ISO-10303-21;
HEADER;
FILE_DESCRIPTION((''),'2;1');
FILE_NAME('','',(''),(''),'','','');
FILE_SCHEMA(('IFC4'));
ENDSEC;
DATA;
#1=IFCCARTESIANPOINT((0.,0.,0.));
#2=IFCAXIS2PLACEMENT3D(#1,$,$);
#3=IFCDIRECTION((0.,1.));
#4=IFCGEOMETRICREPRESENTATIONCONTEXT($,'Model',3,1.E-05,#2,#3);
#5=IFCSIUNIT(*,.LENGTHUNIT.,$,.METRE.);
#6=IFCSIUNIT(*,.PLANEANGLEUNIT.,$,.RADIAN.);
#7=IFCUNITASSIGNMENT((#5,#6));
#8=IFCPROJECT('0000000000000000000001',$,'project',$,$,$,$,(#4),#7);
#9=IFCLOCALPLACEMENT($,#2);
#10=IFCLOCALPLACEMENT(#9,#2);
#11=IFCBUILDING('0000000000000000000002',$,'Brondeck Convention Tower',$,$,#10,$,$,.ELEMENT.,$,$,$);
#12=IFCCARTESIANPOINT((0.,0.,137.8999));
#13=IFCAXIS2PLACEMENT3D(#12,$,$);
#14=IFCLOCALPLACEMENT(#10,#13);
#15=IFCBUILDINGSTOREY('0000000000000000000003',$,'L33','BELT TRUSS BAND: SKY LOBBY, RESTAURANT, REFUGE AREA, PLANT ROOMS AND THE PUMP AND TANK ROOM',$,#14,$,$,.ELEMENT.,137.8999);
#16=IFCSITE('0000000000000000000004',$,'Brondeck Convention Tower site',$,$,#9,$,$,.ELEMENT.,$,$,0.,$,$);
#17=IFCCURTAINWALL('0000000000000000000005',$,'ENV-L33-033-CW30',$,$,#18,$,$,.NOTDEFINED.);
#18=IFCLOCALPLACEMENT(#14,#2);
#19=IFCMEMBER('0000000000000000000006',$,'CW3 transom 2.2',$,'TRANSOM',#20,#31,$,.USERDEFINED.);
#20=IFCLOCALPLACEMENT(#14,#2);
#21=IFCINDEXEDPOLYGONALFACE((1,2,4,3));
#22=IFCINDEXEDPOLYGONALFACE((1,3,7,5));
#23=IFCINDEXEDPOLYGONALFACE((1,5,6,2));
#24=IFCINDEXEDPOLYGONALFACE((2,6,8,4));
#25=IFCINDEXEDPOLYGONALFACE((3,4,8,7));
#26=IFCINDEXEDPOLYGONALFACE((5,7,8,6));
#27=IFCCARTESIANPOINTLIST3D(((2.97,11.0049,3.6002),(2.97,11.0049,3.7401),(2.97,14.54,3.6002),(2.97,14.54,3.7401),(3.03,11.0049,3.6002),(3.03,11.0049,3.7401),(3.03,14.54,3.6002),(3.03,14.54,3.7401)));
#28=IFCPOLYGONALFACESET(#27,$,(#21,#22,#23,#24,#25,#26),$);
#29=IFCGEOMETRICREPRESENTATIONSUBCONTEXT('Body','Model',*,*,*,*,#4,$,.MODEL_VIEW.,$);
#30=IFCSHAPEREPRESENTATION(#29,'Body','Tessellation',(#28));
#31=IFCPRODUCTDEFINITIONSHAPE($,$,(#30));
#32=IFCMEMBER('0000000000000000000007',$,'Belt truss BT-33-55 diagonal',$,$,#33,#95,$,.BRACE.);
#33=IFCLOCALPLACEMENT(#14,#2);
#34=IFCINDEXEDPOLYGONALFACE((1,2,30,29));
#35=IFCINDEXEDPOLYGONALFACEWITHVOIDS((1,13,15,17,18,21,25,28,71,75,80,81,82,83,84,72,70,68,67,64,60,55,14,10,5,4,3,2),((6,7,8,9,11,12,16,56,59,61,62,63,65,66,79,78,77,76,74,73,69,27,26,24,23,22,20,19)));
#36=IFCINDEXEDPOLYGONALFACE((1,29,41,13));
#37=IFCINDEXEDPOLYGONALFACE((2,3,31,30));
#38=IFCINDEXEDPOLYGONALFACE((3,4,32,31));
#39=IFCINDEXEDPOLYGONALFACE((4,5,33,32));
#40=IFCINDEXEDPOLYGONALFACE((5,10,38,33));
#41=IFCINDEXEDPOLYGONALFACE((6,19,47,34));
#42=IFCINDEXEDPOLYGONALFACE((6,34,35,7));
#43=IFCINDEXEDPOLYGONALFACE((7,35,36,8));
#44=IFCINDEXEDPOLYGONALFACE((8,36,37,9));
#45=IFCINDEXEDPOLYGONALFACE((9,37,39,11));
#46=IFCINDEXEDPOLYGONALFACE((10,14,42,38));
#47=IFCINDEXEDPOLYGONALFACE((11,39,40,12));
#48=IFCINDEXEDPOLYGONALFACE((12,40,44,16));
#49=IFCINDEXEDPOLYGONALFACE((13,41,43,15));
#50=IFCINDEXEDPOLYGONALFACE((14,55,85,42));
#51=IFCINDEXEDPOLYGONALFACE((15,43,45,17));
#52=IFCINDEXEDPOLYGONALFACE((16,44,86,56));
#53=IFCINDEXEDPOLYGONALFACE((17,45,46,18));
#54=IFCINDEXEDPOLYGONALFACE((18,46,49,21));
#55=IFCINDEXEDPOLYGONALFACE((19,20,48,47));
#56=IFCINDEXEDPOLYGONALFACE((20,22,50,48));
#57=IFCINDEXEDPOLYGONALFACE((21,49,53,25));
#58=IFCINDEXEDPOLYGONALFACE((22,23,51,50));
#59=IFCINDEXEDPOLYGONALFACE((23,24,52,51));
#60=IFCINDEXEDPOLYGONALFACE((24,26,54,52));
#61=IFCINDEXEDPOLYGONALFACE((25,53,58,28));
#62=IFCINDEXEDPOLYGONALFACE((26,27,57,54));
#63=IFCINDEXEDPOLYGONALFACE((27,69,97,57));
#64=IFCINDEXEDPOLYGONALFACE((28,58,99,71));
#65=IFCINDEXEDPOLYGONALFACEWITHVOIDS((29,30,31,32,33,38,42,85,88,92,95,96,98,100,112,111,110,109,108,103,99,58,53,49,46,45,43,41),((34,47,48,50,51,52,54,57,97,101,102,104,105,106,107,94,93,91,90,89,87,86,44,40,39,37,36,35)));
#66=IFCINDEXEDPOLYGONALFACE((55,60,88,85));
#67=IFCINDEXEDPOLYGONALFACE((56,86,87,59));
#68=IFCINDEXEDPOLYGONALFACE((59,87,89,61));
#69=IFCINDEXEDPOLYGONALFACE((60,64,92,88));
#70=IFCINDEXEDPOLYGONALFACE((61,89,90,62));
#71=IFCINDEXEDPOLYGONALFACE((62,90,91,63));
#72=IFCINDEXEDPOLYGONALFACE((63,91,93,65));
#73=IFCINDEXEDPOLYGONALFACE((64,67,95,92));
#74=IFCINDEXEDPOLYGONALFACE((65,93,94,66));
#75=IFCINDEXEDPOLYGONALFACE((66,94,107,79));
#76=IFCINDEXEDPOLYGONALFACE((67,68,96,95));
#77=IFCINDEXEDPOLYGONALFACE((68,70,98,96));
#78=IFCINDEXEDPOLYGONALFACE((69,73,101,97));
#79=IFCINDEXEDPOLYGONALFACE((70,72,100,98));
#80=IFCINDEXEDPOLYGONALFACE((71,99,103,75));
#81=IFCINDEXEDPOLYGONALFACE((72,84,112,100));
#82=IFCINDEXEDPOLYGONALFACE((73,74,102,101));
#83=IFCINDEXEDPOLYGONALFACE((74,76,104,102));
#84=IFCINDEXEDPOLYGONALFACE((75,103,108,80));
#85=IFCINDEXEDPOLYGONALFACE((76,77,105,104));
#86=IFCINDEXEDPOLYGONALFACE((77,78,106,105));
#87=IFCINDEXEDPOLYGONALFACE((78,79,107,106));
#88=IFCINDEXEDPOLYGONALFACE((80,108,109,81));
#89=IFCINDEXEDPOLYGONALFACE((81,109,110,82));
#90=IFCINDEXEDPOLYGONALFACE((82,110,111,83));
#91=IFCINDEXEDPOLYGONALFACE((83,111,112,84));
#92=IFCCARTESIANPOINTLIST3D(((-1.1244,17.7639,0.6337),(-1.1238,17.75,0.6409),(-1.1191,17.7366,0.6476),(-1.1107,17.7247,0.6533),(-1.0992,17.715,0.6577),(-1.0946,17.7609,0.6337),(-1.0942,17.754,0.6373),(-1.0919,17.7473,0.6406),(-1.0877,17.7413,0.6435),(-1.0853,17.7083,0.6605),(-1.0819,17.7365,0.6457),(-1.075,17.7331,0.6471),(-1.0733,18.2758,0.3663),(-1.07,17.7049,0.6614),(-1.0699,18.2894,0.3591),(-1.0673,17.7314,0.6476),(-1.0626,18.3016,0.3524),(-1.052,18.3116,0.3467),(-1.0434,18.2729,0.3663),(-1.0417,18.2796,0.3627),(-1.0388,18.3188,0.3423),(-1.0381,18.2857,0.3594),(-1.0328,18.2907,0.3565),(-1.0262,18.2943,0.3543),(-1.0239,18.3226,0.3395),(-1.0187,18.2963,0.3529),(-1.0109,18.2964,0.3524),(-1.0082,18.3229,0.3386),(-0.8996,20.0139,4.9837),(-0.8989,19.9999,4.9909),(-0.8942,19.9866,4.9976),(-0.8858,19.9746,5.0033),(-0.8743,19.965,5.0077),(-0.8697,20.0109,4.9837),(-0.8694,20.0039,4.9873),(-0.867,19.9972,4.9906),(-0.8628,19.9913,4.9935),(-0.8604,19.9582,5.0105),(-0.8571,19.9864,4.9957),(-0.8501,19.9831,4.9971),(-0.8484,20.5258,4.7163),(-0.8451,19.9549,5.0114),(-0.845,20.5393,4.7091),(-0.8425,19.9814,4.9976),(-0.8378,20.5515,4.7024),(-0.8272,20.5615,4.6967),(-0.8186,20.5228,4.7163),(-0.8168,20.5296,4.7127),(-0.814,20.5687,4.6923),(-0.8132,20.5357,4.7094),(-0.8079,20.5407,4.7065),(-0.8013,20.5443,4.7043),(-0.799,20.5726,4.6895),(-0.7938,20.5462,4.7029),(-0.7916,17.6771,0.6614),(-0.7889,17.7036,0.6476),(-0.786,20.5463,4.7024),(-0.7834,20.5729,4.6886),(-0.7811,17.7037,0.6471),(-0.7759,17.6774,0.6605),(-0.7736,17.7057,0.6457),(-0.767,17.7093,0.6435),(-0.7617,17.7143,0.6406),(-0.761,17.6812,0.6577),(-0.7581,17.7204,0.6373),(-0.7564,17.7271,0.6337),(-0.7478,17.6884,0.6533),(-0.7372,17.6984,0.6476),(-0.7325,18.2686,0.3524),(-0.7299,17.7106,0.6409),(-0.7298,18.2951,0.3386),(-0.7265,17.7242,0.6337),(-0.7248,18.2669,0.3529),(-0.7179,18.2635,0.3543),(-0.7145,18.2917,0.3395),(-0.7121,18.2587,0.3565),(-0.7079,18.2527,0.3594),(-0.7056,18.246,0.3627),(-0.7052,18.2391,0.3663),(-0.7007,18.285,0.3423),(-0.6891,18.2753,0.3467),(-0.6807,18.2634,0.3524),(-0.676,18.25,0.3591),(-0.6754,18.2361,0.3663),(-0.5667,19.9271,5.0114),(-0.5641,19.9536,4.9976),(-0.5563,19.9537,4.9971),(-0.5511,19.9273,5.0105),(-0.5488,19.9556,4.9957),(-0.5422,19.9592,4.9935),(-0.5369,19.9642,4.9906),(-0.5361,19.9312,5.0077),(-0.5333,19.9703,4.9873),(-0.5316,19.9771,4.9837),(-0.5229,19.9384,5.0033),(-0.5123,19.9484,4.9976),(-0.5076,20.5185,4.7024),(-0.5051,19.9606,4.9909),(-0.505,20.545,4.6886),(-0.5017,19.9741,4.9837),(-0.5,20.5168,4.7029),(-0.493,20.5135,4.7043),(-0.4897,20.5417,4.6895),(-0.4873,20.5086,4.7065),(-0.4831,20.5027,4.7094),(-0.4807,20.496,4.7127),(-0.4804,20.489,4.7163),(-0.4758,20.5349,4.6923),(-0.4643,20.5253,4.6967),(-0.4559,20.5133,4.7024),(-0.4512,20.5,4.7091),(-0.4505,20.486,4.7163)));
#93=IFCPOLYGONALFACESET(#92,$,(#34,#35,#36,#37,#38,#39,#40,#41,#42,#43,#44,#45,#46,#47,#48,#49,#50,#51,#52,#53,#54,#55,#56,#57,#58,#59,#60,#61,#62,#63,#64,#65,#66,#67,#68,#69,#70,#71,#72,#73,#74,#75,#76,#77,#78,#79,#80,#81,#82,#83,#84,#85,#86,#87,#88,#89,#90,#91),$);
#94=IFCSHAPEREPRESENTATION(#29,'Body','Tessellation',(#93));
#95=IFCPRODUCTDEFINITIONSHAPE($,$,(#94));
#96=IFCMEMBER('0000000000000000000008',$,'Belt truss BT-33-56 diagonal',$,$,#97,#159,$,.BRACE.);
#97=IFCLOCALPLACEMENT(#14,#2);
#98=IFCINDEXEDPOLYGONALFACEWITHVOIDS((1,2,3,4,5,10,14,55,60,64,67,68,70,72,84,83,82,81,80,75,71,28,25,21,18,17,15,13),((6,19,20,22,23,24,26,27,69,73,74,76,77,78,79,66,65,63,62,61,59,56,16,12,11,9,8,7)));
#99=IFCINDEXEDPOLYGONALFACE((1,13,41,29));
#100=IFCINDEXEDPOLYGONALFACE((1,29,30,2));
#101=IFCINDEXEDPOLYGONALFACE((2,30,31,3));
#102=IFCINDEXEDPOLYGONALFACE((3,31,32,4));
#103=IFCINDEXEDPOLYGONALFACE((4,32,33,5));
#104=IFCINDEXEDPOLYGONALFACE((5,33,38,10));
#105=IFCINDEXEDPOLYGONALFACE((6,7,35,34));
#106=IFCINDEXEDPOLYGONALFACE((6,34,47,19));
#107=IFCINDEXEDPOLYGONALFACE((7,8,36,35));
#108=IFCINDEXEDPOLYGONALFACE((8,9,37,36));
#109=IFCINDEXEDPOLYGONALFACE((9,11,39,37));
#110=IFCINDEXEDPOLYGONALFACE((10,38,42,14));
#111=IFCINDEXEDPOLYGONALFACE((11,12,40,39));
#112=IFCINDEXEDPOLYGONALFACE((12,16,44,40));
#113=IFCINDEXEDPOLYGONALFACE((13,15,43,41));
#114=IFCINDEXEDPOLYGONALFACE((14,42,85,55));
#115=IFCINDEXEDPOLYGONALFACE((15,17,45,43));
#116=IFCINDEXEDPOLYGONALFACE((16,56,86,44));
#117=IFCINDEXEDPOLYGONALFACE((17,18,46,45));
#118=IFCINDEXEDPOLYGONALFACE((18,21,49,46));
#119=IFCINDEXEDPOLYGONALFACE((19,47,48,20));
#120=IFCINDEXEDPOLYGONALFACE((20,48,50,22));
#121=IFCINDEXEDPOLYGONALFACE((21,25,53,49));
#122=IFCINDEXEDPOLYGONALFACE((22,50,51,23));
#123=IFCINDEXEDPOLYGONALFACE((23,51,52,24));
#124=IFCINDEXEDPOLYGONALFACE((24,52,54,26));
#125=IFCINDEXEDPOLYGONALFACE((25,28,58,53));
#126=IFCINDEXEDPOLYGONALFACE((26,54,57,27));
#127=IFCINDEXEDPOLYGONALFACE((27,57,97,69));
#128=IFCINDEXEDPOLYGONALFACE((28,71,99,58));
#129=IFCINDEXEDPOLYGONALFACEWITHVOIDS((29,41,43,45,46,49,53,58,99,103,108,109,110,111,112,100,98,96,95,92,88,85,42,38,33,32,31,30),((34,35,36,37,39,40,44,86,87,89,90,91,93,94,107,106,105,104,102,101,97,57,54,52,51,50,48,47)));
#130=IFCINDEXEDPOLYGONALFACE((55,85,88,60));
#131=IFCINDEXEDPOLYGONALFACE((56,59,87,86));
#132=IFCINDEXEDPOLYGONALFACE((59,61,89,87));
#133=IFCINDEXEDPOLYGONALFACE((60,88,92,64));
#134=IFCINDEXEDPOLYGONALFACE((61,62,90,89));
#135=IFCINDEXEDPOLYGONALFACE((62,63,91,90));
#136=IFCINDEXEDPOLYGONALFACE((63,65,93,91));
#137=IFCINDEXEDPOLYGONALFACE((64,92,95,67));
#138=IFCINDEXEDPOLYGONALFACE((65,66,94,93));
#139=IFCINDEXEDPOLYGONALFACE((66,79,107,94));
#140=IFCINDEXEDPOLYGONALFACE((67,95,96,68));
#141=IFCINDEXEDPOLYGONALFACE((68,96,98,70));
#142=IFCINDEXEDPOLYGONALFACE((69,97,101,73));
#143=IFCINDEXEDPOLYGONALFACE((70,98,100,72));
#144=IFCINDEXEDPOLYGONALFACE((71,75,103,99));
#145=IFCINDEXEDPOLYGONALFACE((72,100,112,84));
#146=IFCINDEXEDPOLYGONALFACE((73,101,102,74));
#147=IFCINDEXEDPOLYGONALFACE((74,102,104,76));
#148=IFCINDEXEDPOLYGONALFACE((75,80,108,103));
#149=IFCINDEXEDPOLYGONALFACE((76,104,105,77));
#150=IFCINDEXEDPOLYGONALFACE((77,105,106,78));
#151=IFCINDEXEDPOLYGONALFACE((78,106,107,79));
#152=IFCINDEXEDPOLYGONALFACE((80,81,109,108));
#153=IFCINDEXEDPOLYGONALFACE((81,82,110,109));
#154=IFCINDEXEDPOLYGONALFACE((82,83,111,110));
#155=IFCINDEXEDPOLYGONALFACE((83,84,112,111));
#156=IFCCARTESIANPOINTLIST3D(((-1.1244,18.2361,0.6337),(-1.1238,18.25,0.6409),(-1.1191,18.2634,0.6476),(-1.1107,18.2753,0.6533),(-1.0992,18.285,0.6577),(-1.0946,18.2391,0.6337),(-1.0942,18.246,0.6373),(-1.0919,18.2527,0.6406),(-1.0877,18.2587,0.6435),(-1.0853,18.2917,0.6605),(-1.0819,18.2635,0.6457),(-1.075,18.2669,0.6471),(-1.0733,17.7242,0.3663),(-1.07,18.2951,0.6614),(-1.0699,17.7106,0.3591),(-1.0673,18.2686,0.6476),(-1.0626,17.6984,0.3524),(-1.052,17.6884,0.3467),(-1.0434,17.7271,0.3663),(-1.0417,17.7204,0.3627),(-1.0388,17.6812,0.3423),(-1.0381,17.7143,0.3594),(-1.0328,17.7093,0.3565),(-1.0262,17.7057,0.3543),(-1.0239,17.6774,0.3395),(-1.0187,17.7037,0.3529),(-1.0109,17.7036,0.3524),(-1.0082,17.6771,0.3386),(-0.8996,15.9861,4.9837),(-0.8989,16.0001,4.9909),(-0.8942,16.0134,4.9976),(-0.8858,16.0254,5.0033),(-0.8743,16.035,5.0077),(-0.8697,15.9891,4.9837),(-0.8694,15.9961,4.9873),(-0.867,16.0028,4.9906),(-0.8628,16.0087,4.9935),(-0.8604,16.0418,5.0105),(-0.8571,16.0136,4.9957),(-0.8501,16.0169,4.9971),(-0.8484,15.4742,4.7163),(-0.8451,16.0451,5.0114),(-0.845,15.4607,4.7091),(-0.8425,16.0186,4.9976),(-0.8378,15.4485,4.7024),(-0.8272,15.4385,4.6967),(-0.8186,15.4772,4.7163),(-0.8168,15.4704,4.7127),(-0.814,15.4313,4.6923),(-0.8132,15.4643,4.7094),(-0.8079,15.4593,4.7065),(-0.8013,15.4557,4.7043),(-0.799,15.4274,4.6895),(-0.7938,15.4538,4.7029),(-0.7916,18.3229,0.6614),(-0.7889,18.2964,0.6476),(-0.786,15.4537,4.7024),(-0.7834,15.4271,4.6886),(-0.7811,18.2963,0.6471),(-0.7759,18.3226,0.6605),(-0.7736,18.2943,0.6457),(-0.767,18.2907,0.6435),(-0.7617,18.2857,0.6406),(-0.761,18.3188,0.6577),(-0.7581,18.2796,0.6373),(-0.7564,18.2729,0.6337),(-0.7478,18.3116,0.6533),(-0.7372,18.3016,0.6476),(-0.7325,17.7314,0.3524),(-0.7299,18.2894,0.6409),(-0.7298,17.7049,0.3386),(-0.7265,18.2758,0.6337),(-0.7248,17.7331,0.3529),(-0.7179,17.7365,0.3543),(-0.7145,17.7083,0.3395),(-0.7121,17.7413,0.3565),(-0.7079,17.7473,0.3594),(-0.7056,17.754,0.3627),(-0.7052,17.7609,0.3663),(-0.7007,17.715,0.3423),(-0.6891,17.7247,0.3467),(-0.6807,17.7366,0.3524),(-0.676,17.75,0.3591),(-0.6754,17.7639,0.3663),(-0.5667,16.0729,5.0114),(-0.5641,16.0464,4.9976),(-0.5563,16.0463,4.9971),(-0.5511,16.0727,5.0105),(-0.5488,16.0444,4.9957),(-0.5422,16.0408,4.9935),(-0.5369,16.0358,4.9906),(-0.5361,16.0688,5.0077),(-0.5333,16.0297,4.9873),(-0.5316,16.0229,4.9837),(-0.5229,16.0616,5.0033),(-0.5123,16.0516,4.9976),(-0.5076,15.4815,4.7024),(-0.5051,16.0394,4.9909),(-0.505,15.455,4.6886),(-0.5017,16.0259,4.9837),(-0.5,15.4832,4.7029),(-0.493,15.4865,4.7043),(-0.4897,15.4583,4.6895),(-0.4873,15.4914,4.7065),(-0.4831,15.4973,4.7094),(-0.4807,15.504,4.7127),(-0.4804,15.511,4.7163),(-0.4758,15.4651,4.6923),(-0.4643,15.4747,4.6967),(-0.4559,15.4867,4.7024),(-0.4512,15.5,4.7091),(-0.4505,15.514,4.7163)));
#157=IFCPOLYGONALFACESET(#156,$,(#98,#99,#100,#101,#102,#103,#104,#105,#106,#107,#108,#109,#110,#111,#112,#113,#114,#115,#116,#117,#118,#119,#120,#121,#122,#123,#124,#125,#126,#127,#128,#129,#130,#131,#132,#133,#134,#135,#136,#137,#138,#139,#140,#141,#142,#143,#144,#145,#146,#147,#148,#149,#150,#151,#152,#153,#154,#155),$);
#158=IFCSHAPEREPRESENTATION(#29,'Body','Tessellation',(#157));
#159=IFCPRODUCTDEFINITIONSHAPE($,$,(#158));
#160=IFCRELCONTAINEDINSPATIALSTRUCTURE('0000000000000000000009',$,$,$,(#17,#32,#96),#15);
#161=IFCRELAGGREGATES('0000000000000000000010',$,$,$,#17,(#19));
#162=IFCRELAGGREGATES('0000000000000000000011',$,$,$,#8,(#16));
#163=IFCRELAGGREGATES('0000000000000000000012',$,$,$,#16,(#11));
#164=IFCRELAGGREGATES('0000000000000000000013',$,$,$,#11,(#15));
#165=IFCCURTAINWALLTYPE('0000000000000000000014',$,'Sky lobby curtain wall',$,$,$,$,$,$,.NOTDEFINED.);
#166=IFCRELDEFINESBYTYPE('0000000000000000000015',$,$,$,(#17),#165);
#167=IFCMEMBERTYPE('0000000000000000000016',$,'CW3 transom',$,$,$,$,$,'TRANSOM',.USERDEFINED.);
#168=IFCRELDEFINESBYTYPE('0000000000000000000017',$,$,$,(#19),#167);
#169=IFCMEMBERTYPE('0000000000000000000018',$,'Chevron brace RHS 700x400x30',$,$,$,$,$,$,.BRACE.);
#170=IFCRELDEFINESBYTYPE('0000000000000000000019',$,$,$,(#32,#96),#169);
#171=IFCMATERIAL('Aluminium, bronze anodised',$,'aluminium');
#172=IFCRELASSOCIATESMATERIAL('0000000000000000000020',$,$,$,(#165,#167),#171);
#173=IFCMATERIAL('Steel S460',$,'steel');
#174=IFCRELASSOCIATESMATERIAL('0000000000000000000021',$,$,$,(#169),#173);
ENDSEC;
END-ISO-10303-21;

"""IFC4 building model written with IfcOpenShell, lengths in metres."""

from ifc_helpers import new_model, si_unit, direction, frame, origin, origin_2d, place, context, subcontext, project, spatial, rectangle, hollow_rectangle, extrude, material, material_profile, profile_set, type_object, element, aggregate, save


model = new_model("IFC4")

# Units and contexts
model_context = context("Model", 3, precision=1e-05, world=origin(), true_north=direction((0.0, 1.0)))
body_context = subcontext(model_context, "Body", "Model", "MODEL_VIEW")
ifc_project = project(units=[si_unit("LENGTHUNIT", "METRE"), si_unit("PLANEANGLEUNIT", "RADIAN")], contexts=[model_context])

# Site, building, storey
site_placement = place(None, origin())
site = spatial("IfcSite", under=ifc_project, at=site_placement, Name="Brondeck Convention Tower site", CompositionType="ELEMENT", RefElevation=0.0)
building_placement = place(site_placement, origin())
building = spatial("IfcBuilding", under=site, at=building_placement, Name="Brondeck Convention Tower", CompositionType="ELEMENT")
storey_placement = place(building_placement, frame((0.0, 0.0, 137.8999)))
storey = spatial("IfcBuildingStorey", under=building, at=storey_placement, Name="L33", Description="BELT TRUSS BAND: SKY LOBBY, RESTAURANT, REFUGE AREA, PLANT ROOMS AND THE PUMP AND TANK ROOM", CompositionType="ELEMENT", Elevation=137.8999)

# Shared definitions
ifc_material_1 = material(Name="Aluminium, bronze anodised", Category="aluminium")
curtain_wall_type = type_object("IfcCurtainWallType", Name="Sky lobby curtain wall", PredefinedType="NOTDEFINED", material=ifc_material_1)

# Curtain wall
curtain_wall_1_placement = place(storey_placement, origin())
curtain_wall_1 = element("IfcCurtainWall", 1, at=curtain_wall_1_placement, inside=storey, type_object=curtain_wall_type, Name="ENV-L33-033-CW30", PredefinedType="NOTDEFINED")

# Member
ifc_material_profile_1 = material_profile(ifc_material_1, rectangle(XDim=0.0601, YDim=0.1399, at=origin_2d()), Name="CW3 transom")
ifc_profile_set_1 = profile_set([ifc_material_profile_1], Name="Aluminium, bronze anodised")
member_type_1 = type_object("IfcMemberType", Name="CW3 transom", ElementType="TRANSOM", PredefinedType="USERDEFINED", material=ifc_profile_set_1)
member_1_placement = place(storey_placement, frame((3.0, 11.0049, 3.6702), z_axis=(0.0, 1.0, 0.0), x_axis=(-1.0, 0.0, 0.0)))
member_1 = element("IfcMember", 2, at=member_1_placement, type_object=member_type_1, Name="CW3 transom 2.2", ObjectType="TRANSOM", PredefinedType="USERDEFINED", context=body_context, shape_type="SweptSolid", body=[
    extrude(rectangle(XDim=0.0601, YDim=0.1399, at=origin_2d()), origin(), (0.0, 0.0, 1.0), 3.5352),
])

# Members
ifc_material_2 = material(Name="Steel S460", Category="steel")
ifc_material_profile_2 = material_profile(ifc_material_2, hollow_rectangle(XDim=0.3999, YDim=0.7, WallThickness=0.03, InnerFilletRadius=0.03, OuterFilletRadius=0.0601, at=origin_2d()), Name="RHS 700x400x30")
ifc_profile_set_2 = profile_set([ifc_material_profile_2], Name="Steel S460")
member_type_2 = type_object("IfcMemberType", Name="Chevron brace RHS 700x400x30", PredefinedType="BRACE", material=ifc_profile_set_2)
for number, where, z_axis, x_axis, name in (
    (3, (-0.8999, 18.0, 0.5), (0.045863, 0.458931, 0.887287), (-0.995044, 0.09944, 0.0), "Belt truss BT-33-55 diagonal"),
    (4, (-0.8999, 18.0, 0.5), (0.045863, -0.458931, 0.887287), (0.995044, 0.09944, 0.0), "Belt truss BT-33-56 diagonal"),
):
    element("IfcMember", number, at=place(storey_placement, frame(where, z_axis=z_axis, x_axis=x_axis)), inside=storey, type_object=member_type_2, Name=name, PredefinedType="BRACE", context=body_context, shape_type="SweptSolid", body=[
        extrude(hollow_rectangle(XDim=0.3999, YDim=0.7, WallThickness=0.03, InnerFilletRadius=0.03, OuterFilletRadius=0.0601, at=origin_2d()), origin(), (0.0, 0.0, 1.0), 4.9026),
    ])

aggregate(curtain_wall_1, [member_1])

save(model, "model.ifc")
